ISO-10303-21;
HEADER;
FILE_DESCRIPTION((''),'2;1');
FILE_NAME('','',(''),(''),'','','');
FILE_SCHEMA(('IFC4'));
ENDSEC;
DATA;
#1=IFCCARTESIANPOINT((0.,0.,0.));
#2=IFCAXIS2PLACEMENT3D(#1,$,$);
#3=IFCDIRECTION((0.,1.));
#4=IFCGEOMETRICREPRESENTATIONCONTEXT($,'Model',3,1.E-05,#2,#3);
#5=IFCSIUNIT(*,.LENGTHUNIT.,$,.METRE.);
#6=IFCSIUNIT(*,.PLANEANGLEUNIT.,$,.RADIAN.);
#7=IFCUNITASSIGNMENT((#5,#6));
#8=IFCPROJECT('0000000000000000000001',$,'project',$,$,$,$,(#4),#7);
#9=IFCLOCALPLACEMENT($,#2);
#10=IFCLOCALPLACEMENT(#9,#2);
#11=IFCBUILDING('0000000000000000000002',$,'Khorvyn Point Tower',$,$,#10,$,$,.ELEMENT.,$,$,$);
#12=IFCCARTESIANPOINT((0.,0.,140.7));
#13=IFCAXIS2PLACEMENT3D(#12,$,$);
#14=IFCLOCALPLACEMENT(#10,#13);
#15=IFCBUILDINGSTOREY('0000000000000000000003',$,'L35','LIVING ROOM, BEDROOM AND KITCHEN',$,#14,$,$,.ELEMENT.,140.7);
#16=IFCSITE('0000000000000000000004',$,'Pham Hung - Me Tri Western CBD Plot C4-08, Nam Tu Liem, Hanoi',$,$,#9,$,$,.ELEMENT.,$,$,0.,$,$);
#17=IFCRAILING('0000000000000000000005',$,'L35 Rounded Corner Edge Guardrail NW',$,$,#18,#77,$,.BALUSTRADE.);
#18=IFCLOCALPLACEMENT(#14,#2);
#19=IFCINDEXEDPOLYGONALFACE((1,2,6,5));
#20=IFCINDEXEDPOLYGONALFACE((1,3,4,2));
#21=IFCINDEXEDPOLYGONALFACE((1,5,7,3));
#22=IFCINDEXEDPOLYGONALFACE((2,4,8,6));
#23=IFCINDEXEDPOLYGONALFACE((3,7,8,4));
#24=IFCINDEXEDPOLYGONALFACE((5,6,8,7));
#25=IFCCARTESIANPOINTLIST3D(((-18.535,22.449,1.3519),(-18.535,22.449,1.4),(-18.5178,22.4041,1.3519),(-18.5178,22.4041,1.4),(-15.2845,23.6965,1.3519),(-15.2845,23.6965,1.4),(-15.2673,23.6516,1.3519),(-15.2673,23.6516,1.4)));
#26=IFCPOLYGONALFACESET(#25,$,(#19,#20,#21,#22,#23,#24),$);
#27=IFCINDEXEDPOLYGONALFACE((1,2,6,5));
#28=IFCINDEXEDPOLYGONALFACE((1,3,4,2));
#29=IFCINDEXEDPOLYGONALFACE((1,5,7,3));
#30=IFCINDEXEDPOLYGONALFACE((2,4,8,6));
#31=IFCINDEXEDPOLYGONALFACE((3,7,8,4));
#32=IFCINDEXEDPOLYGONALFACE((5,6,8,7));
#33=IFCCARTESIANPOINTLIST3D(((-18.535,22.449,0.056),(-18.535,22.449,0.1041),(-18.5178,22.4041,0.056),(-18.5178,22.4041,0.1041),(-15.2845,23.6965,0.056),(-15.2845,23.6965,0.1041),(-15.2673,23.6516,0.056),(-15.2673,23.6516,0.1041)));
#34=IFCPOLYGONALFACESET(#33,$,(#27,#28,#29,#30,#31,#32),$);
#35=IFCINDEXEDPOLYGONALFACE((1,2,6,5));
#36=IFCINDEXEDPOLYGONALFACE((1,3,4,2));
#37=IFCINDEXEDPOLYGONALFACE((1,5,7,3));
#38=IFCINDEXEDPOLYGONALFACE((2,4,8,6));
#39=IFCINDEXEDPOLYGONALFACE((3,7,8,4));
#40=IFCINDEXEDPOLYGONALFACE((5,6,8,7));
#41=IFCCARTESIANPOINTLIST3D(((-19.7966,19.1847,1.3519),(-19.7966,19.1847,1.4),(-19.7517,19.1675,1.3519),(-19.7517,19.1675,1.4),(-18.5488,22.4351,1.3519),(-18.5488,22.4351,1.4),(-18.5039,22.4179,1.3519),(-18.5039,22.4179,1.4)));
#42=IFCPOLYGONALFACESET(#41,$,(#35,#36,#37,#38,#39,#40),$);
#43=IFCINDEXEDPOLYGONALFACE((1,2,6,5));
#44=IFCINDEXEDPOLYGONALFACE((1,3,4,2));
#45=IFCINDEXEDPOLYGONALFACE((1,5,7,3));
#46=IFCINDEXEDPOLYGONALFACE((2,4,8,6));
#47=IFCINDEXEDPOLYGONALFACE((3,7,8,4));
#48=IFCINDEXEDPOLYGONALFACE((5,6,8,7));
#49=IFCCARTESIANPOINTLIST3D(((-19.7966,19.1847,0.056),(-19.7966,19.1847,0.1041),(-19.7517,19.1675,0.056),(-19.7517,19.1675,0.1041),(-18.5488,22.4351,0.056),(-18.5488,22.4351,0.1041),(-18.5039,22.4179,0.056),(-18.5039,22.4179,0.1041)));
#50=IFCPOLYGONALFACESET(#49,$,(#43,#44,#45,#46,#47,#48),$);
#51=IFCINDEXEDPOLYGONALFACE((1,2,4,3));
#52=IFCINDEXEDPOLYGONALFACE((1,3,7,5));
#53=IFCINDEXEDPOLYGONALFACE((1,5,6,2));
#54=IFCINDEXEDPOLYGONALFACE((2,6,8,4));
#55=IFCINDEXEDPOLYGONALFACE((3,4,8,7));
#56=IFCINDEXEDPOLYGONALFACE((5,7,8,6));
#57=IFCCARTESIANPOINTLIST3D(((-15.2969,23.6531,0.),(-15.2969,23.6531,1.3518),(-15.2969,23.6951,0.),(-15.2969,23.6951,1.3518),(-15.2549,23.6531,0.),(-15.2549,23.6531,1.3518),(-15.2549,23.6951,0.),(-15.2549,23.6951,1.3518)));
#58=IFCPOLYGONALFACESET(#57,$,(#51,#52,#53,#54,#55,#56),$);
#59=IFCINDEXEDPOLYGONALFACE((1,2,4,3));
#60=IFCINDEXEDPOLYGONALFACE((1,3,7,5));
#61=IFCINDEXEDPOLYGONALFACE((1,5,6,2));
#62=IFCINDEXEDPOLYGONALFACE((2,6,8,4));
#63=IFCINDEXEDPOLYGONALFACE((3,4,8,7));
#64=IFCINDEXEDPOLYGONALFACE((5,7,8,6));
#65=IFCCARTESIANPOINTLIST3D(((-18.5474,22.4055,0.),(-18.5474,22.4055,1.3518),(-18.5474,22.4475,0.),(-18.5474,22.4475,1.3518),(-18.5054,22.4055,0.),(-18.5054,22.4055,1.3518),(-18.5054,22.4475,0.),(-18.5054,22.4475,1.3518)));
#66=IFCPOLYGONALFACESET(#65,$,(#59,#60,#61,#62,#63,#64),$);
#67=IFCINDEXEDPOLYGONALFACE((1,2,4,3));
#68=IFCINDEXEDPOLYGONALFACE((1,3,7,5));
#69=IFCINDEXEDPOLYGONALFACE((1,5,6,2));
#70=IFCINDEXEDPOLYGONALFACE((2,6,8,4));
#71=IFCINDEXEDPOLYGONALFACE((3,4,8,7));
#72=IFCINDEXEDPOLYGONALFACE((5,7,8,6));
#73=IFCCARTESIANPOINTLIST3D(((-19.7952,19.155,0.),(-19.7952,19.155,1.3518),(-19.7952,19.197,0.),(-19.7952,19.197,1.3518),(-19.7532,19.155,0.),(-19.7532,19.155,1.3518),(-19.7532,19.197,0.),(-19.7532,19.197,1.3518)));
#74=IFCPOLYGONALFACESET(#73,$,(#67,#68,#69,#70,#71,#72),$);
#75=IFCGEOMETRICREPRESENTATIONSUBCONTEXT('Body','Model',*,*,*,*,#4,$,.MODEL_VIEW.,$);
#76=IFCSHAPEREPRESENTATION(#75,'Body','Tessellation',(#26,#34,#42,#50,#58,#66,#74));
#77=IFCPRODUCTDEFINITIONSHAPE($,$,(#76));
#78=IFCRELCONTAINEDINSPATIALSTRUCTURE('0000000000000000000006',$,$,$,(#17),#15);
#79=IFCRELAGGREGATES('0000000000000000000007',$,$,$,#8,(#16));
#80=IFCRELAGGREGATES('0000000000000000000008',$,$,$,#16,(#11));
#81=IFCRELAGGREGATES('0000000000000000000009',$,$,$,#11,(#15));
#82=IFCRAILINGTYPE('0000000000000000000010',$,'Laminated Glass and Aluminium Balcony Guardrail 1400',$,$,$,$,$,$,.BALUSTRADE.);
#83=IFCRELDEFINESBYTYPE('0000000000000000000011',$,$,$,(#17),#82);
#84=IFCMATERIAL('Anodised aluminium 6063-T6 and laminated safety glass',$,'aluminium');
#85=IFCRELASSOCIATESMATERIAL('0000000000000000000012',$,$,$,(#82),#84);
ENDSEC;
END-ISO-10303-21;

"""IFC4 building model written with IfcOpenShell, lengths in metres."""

from ifc_helpers import new_model, si_unit, direction, frame, origin, origin_2d, place, context, subcontext, project, spatial, rectangle, extrude, material, type_object, element, save


model = new_model("IFC4")

# Units and contexts
model_context = context("Model", 3, precision=1e-05, world=origin(), true_north=direction((0.0, 1.0)))
body_context = subcontext(model_context, "Body", "Model", "MODEL_VIEW")
ifc_project = project(units=[si_unit("LENGTHUNIT", "METRE"), si_unit("PLANEANGLEUNIT", "RADIAN")], contexts=[model_context])

# Site, building, storey
site_placement = place(None, origin())
site = spatial("IfcSite", under=ifc_project, at=site_placement, Name="Pham Hung - Me Tri Western CBD Plot C4-08, Nam Tu Liem, Hanoi", CompositionType="ELEMENT", RefElevation=0.0)
building_placement = place(site_placement, origin())
building = spatial("IfcBuilding", under=site, at=building_placement, Name="Khorvyn Point Tower", CompositionType="ELEMENT")
storey_placement = place(building_placement, frame((0.0, 0.0, 140.7)))
storey = spatial("IfcBuildingStorey", under=building, at=storey_placement, Name="L35", Description="LIVING ROOM, BEDROOM AND KITCHEN", CompositionType="ELEMENT", Elevation=140.7)

# Railing
ifc_material_1 = material(Name="Anodised aluminium 6063-T6 and laminated safety glass", Category="aluminium")
railing_type = type_object("IfcRailingType", Name="Laminated Glass and Aluminium Balcony Guardrail 1400", PredefinedType="BALUSTRADE", material=ifc_material_1)
railing_placement = place(storey_placement, frame((-15.2759, 23.6741, 0.0)))
element("IfcRailing", 1, at=railing_placement, inside=storey, type_object=railing_type, Name="L35 Rounded Corner Edge Guardrail NW", PredefinedType="BALUSTRADE", context=body_context, shape_type="SweptSolid", body=[
    extrude(rectangle(XDim=0.0481, YDim=0.0481, at=origin_2d()), frame((0.0, 0.0, 1.376), z_axis=(-0.933598, -0.358321, 0.0), x_axis=(0.358321, -0.933598, 0.0)), (0.0, 0.0, 1.0), 3.4817),
    extrude(rectangle(XDim=0.0481, YDim=0.0481, at=origin_2d()), frame((0.0, 0.0, 0.0801), z_axis=(-0.933598, -0.358321, 0.0), x_axis=(0.358321, -0.933598, 0.0)), (0.0, 0.0, 1.0), 3.4817),
    extrude(rectangle(XDim=0.0481, YDim=0.0481, at=origin_2d()), frame((-3.2505, -1.2476, 1.376), z_axis=(-0.358382, -0.933575, 0.0), x_axis=(0.933575, -0.358382, 0.0)), (0.0, 0.0, 1.0), 3.4817),
    extrude(rectangle(XDim=0.0481, YDim=0.0481, at=origin_2d()), frame((-3.2505, -1.2476, 0.0801), z_axis=(-0.358382, -0.933575, 0.0), x_axis=(0.933575, -0.358382, 0.0)), (0.0, 0.0, 1.0), 3.4817),
    extrude(rectangle(XDim=0.042, YDim=0.042, at=origin_2d()), origin(), (0.0, 0.0, 1.0), 1.3518),
    extrude(rectangle(XDim=0.042, YDim=0.042, at=origin_2d()), frame((-3.2505, -1.2476, 0.0)), (0.0, 0.0, 1.0), 1.3518),
    extrude(rectangle(XDim=0.042, YDim=0.042, at=origin_2d()), frame((-4.4983, -4.498, 0.0)), (0.0, 0.0, 1.0), 1.3518),
])

save(model, "model.ifc")
